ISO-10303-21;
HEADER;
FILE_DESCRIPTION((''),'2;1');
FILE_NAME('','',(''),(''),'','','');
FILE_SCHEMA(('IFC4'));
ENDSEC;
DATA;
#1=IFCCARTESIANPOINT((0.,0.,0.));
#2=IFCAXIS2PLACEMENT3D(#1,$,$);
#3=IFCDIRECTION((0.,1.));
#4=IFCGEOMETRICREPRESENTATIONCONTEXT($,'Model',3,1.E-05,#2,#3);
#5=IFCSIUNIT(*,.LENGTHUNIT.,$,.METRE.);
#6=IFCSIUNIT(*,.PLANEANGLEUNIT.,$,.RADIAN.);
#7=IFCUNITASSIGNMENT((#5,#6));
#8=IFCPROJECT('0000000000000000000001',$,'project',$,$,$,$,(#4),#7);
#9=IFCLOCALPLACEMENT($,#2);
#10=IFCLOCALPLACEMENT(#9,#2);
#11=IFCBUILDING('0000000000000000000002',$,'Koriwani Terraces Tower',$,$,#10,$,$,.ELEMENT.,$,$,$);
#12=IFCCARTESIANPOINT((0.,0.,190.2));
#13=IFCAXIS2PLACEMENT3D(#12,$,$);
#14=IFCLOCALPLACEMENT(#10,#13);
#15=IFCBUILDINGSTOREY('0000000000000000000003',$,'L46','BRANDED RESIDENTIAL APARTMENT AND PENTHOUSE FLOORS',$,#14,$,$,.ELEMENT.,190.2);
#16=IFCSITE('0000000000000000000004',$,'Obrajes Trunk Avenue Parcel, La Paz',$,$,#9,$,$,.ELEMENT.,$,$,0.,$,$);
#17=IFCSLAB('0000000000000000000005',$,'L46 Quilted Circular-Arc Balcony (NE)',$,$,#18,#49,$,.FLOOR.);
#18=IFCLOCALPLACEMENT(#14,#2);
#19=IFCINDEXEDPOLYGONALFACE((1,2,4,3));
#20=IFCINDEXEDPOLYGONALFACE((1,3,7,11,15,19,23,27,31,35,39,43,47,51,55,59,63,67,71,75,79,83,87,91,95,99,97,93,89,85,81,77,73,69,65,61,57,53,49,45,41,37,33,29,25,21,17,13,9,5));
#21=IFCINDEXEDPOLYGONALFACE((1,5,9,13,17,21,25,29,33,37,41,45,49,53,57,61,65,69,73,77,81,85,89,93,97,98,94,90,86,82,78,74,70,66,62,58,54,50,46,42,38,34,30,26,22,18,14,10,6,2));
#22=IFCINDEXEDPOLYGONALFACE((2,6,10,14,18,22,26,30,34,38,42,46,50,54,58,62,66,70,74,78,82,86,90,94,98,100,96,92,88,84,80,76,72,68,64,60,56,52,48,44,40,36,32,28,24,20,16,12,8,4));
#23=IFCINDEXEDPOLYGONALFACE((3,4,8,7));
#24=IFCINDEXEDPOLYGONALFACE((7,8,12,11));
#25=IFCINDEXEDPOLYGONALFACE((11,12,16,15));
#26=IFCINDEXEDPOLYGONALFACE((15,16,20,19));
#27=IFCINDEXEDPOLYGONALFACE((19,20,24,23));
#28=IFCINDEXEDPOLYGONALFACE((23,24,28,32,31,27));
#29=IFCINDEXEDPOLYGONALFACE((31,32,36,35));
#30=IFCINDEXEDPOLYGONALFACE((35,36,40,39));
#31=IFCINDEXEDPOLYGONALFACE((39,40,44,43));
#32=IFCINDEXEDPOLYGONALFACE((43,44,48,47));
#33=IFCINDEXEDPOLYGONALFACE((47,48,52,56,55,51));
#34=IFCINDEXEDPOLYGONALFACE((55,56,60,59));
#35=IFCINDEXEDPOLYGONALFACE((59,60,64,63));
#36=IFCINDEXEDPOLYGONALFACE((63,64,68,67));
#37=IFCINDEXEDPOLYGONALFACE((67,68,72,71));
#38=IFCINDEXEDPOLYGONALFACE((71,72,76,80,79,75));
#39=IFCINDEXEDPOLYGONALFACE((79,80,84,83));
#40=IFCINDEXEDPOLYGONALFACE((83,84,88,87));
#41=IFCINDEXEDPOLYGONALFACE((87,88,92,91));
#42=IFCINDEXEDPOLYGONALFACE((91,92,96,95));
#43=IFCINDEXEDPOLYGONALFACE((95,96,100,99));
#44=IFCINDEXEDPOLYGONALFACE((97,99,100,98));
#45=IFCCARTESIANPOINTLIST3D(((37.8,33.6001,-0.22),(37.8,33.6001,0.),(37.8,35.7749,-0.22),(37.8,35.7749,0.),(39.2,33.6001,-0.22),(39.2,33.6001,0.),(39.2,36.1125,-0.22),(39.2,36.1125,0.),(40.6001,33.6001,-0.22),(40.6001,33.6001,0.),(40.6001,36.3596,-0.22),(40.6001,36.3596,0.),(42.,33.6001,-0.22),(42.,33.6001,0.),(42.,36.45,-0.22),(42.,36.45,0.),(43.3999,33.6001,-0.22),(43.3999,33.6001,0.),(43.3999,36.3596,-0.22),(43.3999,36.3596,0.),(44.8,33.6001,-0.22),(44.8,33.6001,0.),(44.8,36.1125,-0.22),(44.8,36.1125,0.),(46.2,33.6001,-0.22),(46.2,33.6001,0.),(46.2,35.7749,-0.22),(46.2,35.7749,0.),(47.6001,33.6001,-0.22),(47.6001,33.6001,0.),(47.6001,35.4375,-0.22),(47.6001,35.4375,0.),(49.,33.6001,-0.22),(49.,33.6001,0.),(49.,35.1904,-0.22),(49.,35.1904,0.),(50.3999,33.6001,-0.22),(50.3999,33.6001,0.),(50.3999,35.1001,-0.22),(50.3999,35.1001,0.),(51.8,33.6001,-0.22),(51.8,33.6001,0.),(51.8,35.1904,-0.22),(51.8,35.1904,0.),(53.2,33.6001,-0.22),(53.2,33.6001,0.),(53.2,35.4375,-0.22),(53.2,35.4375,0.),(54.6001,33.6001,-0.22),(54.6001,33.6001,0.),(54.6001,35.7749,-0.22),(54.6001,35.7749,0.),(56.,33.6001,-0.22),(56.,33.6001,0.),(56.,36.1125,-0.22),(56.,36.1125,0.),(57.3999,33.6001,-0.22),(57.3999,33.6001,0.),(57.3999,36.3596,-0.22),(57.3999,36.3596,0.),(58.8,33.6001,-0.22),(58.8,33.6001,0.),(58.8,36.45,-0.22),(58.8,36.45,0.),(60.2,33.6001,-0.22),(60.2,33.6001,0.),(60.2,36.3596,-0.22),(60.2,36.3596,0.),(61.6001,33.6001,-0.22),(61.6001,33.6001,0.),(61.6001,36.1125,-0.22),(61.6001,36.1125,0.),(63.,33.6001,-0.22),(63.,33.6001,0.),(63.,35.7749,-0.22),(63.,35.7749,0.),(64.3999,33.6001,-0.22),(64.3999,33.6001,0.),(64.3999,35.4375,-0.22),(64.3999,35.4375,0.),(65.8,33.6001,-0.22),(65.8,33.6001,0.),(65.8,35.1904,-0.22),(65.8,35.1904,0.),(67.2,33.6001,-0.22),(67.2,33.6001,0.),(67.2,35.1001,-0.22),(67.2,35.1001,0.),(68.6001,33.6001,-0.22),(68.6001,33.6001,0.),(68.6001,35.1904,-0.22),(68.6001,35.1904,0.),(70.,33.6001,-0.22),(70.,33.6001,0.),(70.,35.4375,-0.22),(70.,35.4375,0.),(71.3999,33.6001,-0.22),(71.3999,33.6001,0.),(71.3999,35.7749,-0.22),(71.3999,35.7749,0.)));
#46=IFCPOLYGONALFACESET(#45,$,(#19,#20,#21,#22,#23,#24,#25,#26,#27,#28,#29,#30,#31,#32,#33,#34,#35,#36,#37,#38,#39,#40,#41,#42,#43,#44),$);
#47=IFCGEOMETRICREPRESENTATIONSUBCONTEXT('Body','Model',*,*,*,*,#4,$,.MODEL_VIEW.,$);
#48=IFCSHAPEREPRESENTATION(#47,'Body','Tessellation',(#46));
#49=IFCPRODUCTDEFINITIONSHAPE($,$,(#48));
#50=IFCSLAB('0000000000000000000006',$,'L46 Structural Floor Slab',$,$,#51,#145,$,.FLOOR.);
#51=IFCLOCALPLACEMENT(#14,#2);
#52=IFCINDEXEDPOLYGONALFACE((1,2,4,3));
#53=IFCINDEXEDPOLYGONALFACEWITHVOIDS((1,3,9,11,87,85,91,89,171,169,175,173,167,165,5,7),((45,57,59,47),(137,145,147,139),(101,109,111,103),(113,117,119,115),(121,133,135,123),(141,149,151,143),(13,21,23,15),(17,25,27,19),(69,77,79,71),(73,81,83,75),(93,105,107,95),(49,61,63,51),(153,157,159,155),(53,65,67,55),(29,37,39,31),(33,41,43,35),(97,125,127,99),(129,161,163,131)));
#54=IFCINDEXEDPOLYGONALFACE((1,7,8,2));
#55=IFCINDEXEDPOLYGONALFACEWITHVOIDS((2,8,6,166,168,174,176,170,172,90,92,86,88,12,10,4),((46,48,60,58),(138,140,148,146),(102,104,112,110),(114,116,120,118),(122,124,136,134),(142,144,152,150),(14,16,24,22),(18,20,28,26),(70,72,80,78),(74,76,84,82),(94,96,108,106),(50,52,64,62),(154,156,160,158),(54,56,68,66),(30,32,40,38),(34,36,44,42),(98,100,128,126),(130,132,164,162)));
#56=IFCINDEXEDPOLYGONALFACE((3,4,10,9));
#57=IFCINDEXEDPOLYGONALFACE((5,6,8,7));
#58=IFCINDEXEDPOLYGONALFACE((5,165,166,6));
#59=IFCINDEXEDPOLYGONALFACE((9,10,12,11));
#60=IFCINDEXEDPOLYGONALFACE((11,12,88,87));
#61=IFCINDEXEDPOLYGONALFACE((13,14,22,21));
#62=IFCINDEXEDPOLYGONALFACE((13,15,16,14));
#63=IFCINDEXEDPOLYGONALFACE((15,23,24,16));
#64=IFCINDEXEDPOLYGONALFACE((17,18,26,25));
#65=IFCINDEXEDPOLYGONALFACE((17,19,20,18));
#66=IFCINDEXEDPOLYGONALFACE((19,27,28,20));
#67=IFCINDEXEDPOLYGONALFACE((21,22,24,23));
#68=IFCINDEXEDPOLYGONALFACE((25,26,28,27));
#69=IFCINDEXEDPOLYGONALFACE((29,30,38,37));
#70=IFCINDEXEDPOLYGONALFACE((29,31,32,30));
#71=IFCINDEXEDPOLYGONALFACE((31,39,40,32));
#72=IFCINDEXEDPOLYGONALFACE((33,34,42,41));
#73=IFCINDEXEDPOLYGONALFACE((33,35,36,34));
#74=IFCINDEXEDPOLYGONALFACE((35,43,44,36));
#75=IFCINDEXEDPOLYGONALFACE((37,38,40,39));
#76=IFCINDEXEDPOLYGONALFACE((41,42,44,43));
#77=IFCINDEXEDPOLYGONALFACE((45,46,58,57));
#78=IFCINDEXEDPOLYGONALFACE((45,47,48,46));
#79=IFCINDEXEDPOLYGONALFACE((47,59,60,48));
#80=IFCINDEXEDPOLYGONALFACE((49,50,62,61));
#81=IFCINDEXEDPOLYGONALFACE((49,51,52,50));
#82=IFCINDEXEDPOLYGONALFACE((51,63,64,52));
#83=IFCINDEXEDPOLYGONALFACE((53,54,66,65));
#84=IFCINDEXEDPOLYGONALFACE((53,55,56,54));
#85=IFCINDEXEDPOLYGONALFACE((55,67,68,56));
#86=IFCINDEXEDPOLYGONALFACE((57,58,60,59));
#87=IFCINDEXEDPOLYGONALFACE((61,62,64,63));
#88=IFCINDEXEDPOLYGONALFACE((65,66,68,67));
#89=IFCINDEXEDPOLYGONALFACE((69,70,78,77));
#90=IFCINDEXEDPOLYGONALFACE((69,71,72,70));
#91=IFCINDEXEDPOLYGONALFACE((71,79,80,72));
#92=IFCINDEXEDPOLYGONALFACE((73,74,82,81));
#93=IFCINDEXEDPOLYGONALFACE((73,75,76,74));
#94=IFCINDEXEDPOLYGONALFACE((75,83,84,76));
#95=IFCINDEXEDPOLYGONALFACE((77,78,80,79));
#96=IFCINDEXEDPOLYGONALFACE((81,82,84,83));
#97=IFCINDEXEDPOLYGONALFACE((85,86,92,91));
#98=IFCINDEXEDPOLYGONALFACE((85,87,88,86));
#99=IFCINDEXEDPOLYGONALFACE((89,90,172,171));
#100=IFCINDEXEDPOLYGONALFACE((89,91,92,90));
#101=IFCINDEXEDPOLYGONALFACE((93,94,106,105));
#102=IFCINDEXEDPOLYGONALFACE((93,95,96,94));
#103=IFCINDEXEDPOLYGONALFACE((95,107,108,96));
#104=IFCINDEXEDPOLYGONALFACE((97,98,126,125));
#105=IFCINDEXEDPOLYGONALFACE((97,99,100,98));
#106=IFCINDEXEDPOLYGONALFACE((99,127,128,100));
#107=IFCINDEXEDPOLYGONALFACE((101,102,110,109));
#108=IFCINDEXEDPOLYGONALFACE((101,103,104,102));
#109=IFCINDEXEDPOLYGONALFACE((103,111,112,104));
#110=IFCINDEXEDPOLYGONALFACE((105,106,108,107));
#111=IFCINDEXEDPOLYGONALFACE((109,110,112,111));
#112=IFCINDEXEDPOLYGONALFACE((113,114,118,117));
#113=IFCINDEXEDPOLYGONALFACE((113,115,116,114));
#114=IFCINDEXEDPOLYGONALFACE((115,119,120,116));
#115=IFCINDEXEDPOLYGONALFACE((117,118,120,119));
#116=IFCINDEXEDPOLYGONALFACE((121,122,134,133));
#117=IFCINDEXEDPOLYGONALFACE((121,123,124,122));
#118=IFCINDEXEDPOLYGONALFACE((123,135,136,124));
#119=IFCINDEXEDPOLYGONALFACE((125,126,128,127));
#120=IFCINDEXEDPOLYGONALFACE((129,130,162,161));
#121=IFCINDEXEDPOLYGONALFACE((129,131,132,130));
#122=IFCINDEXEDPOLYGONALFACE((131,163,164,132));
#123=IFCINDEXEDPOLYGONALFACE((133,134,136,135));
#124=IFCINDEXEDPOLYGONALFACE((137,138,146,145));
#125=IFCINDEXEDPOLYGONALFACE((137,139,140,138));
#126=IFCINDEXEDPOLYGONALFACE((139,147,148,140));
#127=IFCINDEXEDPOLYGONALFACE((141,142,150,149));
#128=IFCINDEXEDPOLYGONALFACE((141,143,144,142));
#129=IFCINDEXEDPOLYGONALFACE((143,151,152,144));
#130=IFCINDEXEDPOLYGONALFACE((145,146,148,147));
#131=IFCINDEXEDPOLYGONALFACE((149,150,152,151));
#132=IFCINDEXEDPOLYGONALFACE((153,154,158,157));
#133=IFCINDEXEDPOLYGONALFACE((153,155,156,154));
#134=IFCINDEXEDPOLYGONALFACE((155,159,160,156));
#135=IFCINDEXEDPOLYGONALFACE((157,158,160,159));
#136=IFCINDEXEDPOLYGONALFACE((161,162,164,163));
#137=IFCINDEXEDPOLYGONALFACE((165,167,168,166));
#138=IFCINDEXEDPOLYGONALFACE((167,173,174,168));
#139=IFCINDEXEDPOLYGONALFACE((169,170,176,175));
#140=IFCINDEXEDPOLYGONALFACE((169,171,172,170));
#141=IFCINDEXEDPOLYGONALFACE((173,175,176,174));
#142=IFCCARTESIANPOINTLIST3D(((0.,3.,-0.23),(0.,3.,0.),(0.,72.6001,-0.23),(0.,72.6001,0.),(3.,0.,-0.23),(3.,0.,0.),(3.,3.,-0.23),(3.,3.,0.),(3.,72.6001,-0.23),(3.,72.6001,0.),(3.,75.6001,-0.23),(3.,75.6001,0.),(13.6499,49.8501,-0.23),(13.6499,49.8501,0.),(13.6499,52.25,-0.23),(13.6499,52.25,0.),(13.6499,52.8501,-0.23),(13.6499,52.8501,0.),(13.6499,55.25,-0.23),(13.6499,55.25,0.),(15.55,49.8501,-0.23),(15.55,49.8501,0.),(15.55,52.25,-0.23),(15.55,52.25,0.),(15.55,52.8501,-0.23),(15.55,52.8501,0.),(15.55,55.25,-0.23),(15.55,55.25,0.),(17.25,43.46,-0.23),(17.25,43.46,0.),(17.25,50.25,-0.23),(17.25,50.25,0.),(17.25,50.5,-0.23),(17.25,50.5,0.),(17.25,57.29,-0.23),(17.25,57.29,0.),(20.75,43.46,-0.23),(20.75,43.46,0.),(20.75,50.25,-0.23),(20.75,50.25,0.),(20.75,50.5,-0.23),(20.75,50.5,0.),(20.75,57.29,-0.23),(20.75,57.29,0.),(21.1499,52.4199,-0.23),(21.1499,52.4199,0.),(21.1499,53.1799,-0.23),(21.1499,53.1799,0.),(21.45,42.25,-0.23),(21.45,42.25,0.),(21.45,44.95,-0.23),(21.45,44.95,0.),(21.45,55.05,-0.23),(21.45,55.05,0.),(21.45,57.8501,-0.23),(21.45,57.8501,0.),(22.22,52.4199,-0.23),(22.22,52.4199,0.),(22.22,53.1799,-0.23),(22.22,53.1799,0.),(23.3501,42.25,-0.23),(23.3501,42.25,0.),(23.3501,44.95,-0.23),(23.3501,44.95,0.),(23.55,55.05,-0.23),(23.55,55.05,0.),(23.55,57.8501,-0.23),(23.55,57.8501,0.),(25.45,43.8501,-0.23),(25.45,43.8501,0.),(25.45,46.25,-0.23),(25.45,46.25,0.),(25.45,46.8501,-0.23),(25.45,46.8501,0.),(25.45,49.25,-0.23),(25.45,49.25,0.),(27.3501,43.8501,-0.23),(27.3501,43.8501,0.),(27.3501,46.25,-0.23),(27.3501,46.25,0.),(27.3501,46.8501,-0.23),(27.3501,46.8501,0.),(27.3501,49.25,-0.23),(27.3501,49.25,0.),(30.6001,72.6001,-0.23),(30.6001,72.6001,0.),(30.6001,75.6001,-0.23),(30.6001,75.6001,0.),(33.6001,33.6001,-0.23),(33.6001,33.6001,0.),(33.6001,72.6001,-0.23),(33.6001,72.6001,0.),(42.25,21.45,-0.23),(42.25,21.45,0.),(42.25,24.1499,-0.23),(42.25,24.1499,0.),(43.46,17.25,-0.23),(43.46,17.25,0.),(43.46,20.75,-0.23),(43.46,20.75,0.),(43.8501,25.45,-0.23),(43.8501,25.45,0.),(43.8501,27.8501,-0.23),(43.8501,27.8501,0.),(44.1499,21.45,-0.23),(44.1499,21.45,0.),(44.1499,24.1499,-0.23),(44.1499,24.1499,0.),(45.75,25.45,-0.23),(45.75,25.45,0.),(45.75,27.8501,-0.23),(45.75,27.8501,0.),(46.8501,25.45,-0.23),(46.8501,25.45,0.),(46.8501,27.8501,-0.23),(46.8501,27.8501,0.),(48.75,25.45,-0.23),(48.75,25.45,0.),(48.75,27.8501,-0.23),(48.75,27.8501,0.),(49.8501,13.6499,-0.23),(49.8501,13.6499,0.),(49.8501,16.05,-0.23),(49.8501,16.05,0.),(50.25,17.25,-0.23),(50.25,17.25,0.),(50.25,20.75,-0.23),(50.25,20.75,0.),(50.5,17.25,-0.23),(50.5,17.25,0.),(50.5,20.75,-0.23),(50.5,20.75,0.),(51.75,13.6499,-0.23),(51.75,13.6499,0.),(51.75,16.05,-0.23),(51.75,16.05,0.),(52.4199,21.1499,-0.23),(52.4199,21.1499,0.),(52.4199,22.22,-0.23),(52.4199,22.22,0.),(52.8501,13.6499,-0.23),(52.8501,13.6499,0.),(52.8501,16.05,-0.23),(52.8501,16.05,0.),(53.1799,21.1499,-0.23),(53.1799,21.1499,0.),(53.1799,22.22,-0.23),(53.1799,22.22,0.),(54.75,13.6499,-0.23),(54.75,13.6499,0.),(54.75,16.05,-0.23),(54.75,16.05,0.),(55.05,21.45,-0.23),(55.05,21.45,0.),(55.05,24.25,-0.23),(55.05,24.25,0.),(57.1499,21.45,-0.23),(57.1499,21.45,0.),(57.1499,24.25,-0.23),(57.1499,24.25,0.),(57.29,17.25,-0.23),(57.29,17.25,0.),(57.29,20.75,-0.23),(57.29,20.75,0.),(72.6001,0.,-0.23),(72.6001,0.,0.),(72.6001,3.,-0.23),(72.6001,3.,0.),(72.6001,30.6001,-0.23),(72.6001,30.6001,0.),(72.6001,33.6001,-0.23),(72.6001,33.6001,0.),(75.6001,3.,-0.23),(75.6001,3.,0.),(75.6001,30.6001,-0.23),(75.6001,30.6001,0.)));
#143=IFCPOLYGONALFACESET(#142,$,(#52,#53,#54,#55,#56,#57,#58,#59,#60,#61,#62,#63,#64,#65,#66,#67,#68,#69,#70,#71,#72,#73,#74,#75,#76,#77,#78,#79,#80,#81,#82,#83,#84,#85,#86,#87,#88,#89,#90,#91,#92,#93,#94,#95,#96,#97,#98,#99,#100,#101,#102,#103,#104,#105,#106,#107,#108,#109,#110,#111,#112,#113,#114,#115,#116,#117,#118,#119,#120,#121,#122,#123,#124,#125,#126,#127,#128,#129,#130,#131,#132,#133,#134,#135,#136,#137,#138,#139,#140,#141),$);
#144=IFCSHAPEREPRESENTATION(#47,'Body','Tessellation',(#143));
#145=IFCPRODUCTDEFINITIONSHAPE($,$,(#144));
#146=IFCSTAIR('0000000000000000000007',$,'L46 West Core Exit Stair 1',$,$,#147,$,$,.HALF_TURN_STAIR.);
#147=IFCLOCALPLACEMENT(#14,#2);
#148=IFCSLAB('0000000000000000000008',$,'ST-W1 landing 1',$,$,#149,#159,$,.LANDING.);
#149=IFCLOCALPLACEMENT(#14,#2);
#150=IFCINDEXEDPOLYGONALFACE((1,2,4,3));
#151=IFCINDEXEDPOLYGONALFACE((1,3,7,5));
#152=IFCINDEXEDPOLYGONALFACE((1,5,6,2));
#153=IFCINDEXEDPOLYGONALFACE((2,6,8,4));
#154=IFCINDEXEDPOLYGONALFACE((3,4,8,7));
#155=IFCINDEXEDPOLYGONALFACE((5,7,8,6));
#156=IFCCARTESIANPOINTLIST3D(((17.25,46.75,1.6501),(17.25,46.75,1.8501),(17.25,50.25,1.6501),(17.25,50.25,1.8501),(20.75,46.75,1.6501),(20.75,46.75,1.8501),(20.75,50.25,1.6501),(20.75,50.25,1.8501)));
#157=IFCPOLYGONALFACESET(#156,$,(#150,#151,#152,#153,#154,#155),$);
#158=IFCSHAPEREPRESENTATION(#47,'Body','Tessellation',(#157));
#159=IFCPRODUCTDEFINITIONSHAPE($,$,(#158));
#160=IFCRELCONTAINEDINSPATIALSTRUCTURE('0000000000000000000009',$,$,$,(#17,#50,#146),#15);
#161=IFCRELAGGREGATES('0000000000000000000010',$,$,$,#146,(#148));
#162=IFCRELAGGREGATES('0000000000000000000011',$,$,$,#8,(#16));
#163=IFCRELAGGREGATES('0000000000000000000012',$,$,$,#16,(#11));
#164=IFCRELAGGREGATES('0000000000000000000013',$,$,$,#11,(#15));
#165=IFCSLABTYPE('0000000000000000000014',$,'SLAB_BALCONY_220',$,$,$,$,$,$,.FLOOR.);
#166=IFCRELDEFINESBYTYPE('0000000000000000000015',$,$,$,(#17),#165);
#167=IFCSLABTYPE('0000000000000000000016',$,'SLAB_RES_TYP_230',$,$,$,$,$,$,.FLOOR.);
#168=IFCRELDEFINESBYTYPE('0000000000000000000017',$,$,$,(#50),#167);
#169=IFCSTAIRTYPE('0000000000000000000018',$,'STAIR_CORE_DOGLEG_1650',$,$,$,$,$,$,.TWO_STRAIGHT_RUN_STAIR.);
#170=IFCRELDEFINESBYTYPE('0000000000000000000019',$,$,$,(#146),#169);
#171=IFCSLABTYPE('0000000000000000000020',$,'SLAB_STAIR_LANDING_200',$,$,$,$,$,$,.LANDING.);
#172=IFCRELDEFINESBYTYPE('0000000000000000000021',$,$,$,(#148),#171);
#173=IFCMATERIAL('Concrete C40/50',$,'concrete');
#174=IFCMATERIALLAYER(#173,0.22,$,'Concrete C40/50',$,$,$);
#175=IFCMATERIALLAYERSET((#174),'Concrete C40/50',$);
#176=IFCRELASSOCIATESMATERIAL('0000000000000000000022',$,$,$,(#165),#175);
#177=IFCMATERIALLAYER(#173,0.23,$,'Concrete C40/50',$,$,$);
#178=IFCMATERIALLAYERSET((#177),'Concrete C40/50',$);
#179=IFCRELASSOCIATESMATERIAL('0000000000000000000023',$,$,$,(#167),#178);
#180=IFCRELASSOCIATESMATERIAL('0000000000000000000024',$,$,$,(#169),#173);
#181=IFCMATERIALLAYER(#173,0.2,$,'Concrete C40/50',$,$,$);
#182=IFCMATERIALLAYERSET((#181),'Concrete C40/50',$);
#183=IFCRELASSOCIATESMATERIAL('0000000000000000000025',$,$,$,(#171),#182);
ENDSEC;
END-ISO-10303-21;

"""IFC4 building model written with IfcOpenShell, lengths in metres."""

from ifc_helpers import new_model, si_unit, direction, frame, origin, place, context, subcontext, project, spatial, polyline, outline, extrude, material, layer, layer_set, type_object, element, aggregate, save


model = new_model("IFC4")

# Units and contexts
model_context = context("Model", 3, precision=1e-05, world=origin(), true_north=direction((0.0, 1.0)))
body_context = subcontext(model_context, "Body", "Model", "MODEL_VIEW")
ifc_project = project(units=[si_unit("LENGTHUNIT", "METRE"), si_unit("PLANEANGLEUNIT", "RADIAN")], contexts=[model_context])

# Site, building, storey
site_placement = place(None, origin())
site = spatial("IfcSite", under=ifc_project, at=site_placement, Name="Obrajes Trunk Avenue Parcel, La Paz", CompositionType="ELEMENT", RefElevation=0.0)
building_placement = place(site_placement, origin())
building = spatial("IfcBuilding", under=site, at=building_placement, Name="Koriwani Terraces Tower", CompositionType="ELEMENT")
storey_placement = place(building_placement, frame((0.0, 0.0, 190.2)))
storey = spatial("IfcBuildingStorey", under=building, at=storey_placement, Name="L46", Description="BRANDED RESIDENTIAL APARTMENT AND PENTHOUSE FLOORS", CompositionType="ELEMENT", Elevation=190.2)

# Shared definitions
ifc_material_1 = material(Name="Concrete C40/50", Category="concrete")

# Slabs
ifc_layer_1 = layer(ifc_material_1, 0.22, Name="Concrete C40/50")
ifc_layer_set_1 = layer_set([ifc_layer_1], Name="Concrete C40/50")
slab_type_1 = type_object("IfcSlabType", Name="SLAB_BALCONY_220", PredefinedType="FLOOR", material=ifc_layer_set_1)
slab_1_placement = place(storey_placement, frame((0.0, 0.0, -0.22)))
element("IfcSlab", 1, at=slab_1_placement, inside=storey, type_object=slab_type_1, Name="L46 Quilted Circular-Arc Balcony (NE)", PredefinedType="FLOOR", context=body_context, shape_type="SweptSolid", body=[
    extrude(outline(polyline([(71.3999, 33.6001), (70.0, 33.6001), (68.6001, 33.6001), (67.2, 33.6001), (65.8, 33.6001), (64.3999, 33.6001), (63.0, 33.6001), (61.6001, 33.6001), (60.2, 33.6001), (58.8, 33.6001), (57.3999, 33.6001), (56.0, 33.6001), (54.6001, 33.6001), (53.2, 33.6001), (51.8, 33.6001), (50.3999, 33.6001), (49.0, 33.6001), (47.6001, 33.6001), (46.2, 33.6001), (44.8, 33.6001), (43.3999, 33.6001), (42.0, 33.6001), (40.6001, 33.6001), (39.2, 33.6001), (37.8, 33.6001), (37.8, 35.7749), (39.2, 36.1125), (40.6001, 36.3596), (42.0, 36.45), (43.3999, 36.3596), (44.8, 36.1125), (46.2, 35.7749), (47.6001, 35.4375), (49.0, 35.1904), (50.3999, 35.1001), (51.8, 35.1904), (53.2, 35.4375), (54.6001, 35.7749), (56.0, 36.1125), (57.3999, 36.3596), (58.8, 36.45), (60.2, 36.3596), (61.6001, 36.1125), (63.0, 35.7749), (64.3999, 35.4375), (65.8, 35.1904), (67.2, 35.1001), (68.6001, 35.1904), (70.0, 35.4375), (71.3999, 35.7749), (71.3999, 33.6001)])), origin(), (0.0, 0.0, 1.0), 0.22),
])
ifc_layer_2 = layer(ifc_material_1, 0.23, Name="Concrete C40/50")
ifc_layer_set_2 = layer_set([ifc_layer_2], Name="Concrete C40/50")
slab_type_2 = type_object("IfcSlabType", Name="SLAB_RES_TYP_230", PredefinedType="FLOOR", material=ifc_layer_set_2)
slab_2_placement = place(storey_placement, frame((0.0, 0.0, -0.23)))
element("IfcSlab", 2, at=slab_2_placement, inside=storey, type_object=slab_type_2, Name="L46 Structural Floor Slab", PredefinedType="FLOOR", context=body_context, shape_type="SweptSolid", body=[
    extrude(outline(polyline([(3.0, 0.0), (72.6001, 0.0), (72.6001, 3.0), (75.6001, 3.0), (75.6001, 30.6001), (72.6001, 30.6001), (72.6001, 33.6001), (33.6001, 33.6001), (33.6001, 72.6001), (30.6001, 72.6001), (30.6001, 75.6001), (3.0, 75.6001), (3.0, 72.6001), (0.0, 72.6001), (0.0, 3.0), (3.0, 3.0), (3.0, 0.0)]), holes=[polyline([(17.25, 43.46), (20.75, 43.46), (20.75, 50.25), (17.25, 50.25), (17.25, 43.46)]), polyline([(17.25, 50.5), (20.75, 50.5), (20.75, 57.29), (17.25, 57.29), (17.25, 50.5)]), polyline([(43.46, 17.25), (50.25, 17.25), (50.25, 20.75), (43.46, 20.75), (43.46, 17.25)]), polyline([(50.5, 17.25), (57.29, 17.25), (57.29, 20.75), (50.5, 20.75), (50.5, 17.25)]), polyline([(13.6499, 49.8501), (15.55, 49.8501), (15.55, 52.25), (13.6499, 52.25), (13.6499, 49.8501)]), polyline([(13.6499, 52.8501), (15.55, 52.8501), (15.55, 55.25), (13.6499, 55.25), (13.6499, 52.8501)]), polyline([(49.8501, 13.6499), (51.75, 13.6499), (51.75, 16.05), (49.8501, 16.05), (49.8501, 13.6499)]), polyline([(52.8501, 13.6499), (54.75, 13.6499), (54.75, 16.05), (52.8501, 16.05), (52.8501, 13.6499)]), polyline([(25.45, 43.8501), (27.3501, 43.8501), (27.3501, 46.25), (25.45, 46.25), (25.45, 43.8501)]), polyline([(25.45, 46.8501), (27.3501, 46.8501), (27.3501, 49.25), (25.45, 49.25), (25.45, 46.8501)]), polyline([(43.8501, 25.45), (45.75, 25.45), (45.75, 27.8501), (43.8501, 27.8501), (43.8501, 25.45)]), polyline([(46.8501, 25.45), (48.75, 25.45), (48.75, 27.8501), (46.8501, 27.8501), (46.8501, 25.45)]), polyline([(21.45, 55.05), (23.55, 55.05), (23.55, 57.8501), (21.45, 57.8501), (21.45, 55.05)]), polyline([(55.05, 21.45), (57.1499, 21.45), (57.1499, 24.25), (55.05, 24.25), (55.05, 21.45)]), polyline([(21.45, 42.25), (23.3501, 42.25), (23.3501, 44.95), (21.45, 44.95), (21.45, 42.25)]), polyline([(42.25, 21.45), (44.1499, 21.45), (44.1499, 24.1499), (42.25, 24.1499), (42.25, 21.45)]), polyline([(21.1499, 52.4199), (22.22, 52.4199), (22.22, 53.1799), (21.1499, 53.1799), (21.1499, 52.4199)]), polyline([(52.4199, 21.1499), (53.1799, 21.1499), (53.1799, 22.22), (52.4199, 22.22), (52.4199, 21.1499)])]), origin(), (0.0, 0.0, 1.0), 0.23),
])

# Stair, slab
stair_type = type_object("IfcStairType", Name="STAIR_CORE_DOGLEG_1650", PredefinedType="TWO_STRAIGHT_RUN_STAIR", material=ifc_material_1)
stair_1_placement = place(storey_placement, origin())
stair_1 = element("IfcStair", 3, at=stair_1_placement, inside=storey, type_object=stair_type, Name="L46 West Core Exit Stair 1", PredefinedType="HALF_TURN_STAIR")
ifc_layer_3 = layer(ifc_material_1, 0.2, Name="Concrete C40/50")
ifc_layer_set_3 = layer_set([ifc_layer_3], Name="Concrete C40/50")
slab_type_3 = type_object("IfcSlabType", Name="SLAB_STAIR_LANDING_200", PredefinedType="LANDING", material=ifc_layer_set_3)
slab_3_placement = place(storey_placement, frame((0.0, 0.0, 1.6501)))
slab_3 = element("IfcSlab", 4, at=slab_3_placement, type_object=slab_type_3, Name="ST-W1 landing 1", PredefinedType="LANDING", context=body_context, shape_type="SweptSolid", body=[
    extrude(outline(polyline([(20.75, 46.75), (20.75, 50.25), (17.25, 50.25), (17.25, 46.75), (20.75, 46.75)])), origin(), (0.0, 0.0, 1.0), 0.2),
])
aggregate(stair_1, [slab_3])

save(model, "model.ifc")
